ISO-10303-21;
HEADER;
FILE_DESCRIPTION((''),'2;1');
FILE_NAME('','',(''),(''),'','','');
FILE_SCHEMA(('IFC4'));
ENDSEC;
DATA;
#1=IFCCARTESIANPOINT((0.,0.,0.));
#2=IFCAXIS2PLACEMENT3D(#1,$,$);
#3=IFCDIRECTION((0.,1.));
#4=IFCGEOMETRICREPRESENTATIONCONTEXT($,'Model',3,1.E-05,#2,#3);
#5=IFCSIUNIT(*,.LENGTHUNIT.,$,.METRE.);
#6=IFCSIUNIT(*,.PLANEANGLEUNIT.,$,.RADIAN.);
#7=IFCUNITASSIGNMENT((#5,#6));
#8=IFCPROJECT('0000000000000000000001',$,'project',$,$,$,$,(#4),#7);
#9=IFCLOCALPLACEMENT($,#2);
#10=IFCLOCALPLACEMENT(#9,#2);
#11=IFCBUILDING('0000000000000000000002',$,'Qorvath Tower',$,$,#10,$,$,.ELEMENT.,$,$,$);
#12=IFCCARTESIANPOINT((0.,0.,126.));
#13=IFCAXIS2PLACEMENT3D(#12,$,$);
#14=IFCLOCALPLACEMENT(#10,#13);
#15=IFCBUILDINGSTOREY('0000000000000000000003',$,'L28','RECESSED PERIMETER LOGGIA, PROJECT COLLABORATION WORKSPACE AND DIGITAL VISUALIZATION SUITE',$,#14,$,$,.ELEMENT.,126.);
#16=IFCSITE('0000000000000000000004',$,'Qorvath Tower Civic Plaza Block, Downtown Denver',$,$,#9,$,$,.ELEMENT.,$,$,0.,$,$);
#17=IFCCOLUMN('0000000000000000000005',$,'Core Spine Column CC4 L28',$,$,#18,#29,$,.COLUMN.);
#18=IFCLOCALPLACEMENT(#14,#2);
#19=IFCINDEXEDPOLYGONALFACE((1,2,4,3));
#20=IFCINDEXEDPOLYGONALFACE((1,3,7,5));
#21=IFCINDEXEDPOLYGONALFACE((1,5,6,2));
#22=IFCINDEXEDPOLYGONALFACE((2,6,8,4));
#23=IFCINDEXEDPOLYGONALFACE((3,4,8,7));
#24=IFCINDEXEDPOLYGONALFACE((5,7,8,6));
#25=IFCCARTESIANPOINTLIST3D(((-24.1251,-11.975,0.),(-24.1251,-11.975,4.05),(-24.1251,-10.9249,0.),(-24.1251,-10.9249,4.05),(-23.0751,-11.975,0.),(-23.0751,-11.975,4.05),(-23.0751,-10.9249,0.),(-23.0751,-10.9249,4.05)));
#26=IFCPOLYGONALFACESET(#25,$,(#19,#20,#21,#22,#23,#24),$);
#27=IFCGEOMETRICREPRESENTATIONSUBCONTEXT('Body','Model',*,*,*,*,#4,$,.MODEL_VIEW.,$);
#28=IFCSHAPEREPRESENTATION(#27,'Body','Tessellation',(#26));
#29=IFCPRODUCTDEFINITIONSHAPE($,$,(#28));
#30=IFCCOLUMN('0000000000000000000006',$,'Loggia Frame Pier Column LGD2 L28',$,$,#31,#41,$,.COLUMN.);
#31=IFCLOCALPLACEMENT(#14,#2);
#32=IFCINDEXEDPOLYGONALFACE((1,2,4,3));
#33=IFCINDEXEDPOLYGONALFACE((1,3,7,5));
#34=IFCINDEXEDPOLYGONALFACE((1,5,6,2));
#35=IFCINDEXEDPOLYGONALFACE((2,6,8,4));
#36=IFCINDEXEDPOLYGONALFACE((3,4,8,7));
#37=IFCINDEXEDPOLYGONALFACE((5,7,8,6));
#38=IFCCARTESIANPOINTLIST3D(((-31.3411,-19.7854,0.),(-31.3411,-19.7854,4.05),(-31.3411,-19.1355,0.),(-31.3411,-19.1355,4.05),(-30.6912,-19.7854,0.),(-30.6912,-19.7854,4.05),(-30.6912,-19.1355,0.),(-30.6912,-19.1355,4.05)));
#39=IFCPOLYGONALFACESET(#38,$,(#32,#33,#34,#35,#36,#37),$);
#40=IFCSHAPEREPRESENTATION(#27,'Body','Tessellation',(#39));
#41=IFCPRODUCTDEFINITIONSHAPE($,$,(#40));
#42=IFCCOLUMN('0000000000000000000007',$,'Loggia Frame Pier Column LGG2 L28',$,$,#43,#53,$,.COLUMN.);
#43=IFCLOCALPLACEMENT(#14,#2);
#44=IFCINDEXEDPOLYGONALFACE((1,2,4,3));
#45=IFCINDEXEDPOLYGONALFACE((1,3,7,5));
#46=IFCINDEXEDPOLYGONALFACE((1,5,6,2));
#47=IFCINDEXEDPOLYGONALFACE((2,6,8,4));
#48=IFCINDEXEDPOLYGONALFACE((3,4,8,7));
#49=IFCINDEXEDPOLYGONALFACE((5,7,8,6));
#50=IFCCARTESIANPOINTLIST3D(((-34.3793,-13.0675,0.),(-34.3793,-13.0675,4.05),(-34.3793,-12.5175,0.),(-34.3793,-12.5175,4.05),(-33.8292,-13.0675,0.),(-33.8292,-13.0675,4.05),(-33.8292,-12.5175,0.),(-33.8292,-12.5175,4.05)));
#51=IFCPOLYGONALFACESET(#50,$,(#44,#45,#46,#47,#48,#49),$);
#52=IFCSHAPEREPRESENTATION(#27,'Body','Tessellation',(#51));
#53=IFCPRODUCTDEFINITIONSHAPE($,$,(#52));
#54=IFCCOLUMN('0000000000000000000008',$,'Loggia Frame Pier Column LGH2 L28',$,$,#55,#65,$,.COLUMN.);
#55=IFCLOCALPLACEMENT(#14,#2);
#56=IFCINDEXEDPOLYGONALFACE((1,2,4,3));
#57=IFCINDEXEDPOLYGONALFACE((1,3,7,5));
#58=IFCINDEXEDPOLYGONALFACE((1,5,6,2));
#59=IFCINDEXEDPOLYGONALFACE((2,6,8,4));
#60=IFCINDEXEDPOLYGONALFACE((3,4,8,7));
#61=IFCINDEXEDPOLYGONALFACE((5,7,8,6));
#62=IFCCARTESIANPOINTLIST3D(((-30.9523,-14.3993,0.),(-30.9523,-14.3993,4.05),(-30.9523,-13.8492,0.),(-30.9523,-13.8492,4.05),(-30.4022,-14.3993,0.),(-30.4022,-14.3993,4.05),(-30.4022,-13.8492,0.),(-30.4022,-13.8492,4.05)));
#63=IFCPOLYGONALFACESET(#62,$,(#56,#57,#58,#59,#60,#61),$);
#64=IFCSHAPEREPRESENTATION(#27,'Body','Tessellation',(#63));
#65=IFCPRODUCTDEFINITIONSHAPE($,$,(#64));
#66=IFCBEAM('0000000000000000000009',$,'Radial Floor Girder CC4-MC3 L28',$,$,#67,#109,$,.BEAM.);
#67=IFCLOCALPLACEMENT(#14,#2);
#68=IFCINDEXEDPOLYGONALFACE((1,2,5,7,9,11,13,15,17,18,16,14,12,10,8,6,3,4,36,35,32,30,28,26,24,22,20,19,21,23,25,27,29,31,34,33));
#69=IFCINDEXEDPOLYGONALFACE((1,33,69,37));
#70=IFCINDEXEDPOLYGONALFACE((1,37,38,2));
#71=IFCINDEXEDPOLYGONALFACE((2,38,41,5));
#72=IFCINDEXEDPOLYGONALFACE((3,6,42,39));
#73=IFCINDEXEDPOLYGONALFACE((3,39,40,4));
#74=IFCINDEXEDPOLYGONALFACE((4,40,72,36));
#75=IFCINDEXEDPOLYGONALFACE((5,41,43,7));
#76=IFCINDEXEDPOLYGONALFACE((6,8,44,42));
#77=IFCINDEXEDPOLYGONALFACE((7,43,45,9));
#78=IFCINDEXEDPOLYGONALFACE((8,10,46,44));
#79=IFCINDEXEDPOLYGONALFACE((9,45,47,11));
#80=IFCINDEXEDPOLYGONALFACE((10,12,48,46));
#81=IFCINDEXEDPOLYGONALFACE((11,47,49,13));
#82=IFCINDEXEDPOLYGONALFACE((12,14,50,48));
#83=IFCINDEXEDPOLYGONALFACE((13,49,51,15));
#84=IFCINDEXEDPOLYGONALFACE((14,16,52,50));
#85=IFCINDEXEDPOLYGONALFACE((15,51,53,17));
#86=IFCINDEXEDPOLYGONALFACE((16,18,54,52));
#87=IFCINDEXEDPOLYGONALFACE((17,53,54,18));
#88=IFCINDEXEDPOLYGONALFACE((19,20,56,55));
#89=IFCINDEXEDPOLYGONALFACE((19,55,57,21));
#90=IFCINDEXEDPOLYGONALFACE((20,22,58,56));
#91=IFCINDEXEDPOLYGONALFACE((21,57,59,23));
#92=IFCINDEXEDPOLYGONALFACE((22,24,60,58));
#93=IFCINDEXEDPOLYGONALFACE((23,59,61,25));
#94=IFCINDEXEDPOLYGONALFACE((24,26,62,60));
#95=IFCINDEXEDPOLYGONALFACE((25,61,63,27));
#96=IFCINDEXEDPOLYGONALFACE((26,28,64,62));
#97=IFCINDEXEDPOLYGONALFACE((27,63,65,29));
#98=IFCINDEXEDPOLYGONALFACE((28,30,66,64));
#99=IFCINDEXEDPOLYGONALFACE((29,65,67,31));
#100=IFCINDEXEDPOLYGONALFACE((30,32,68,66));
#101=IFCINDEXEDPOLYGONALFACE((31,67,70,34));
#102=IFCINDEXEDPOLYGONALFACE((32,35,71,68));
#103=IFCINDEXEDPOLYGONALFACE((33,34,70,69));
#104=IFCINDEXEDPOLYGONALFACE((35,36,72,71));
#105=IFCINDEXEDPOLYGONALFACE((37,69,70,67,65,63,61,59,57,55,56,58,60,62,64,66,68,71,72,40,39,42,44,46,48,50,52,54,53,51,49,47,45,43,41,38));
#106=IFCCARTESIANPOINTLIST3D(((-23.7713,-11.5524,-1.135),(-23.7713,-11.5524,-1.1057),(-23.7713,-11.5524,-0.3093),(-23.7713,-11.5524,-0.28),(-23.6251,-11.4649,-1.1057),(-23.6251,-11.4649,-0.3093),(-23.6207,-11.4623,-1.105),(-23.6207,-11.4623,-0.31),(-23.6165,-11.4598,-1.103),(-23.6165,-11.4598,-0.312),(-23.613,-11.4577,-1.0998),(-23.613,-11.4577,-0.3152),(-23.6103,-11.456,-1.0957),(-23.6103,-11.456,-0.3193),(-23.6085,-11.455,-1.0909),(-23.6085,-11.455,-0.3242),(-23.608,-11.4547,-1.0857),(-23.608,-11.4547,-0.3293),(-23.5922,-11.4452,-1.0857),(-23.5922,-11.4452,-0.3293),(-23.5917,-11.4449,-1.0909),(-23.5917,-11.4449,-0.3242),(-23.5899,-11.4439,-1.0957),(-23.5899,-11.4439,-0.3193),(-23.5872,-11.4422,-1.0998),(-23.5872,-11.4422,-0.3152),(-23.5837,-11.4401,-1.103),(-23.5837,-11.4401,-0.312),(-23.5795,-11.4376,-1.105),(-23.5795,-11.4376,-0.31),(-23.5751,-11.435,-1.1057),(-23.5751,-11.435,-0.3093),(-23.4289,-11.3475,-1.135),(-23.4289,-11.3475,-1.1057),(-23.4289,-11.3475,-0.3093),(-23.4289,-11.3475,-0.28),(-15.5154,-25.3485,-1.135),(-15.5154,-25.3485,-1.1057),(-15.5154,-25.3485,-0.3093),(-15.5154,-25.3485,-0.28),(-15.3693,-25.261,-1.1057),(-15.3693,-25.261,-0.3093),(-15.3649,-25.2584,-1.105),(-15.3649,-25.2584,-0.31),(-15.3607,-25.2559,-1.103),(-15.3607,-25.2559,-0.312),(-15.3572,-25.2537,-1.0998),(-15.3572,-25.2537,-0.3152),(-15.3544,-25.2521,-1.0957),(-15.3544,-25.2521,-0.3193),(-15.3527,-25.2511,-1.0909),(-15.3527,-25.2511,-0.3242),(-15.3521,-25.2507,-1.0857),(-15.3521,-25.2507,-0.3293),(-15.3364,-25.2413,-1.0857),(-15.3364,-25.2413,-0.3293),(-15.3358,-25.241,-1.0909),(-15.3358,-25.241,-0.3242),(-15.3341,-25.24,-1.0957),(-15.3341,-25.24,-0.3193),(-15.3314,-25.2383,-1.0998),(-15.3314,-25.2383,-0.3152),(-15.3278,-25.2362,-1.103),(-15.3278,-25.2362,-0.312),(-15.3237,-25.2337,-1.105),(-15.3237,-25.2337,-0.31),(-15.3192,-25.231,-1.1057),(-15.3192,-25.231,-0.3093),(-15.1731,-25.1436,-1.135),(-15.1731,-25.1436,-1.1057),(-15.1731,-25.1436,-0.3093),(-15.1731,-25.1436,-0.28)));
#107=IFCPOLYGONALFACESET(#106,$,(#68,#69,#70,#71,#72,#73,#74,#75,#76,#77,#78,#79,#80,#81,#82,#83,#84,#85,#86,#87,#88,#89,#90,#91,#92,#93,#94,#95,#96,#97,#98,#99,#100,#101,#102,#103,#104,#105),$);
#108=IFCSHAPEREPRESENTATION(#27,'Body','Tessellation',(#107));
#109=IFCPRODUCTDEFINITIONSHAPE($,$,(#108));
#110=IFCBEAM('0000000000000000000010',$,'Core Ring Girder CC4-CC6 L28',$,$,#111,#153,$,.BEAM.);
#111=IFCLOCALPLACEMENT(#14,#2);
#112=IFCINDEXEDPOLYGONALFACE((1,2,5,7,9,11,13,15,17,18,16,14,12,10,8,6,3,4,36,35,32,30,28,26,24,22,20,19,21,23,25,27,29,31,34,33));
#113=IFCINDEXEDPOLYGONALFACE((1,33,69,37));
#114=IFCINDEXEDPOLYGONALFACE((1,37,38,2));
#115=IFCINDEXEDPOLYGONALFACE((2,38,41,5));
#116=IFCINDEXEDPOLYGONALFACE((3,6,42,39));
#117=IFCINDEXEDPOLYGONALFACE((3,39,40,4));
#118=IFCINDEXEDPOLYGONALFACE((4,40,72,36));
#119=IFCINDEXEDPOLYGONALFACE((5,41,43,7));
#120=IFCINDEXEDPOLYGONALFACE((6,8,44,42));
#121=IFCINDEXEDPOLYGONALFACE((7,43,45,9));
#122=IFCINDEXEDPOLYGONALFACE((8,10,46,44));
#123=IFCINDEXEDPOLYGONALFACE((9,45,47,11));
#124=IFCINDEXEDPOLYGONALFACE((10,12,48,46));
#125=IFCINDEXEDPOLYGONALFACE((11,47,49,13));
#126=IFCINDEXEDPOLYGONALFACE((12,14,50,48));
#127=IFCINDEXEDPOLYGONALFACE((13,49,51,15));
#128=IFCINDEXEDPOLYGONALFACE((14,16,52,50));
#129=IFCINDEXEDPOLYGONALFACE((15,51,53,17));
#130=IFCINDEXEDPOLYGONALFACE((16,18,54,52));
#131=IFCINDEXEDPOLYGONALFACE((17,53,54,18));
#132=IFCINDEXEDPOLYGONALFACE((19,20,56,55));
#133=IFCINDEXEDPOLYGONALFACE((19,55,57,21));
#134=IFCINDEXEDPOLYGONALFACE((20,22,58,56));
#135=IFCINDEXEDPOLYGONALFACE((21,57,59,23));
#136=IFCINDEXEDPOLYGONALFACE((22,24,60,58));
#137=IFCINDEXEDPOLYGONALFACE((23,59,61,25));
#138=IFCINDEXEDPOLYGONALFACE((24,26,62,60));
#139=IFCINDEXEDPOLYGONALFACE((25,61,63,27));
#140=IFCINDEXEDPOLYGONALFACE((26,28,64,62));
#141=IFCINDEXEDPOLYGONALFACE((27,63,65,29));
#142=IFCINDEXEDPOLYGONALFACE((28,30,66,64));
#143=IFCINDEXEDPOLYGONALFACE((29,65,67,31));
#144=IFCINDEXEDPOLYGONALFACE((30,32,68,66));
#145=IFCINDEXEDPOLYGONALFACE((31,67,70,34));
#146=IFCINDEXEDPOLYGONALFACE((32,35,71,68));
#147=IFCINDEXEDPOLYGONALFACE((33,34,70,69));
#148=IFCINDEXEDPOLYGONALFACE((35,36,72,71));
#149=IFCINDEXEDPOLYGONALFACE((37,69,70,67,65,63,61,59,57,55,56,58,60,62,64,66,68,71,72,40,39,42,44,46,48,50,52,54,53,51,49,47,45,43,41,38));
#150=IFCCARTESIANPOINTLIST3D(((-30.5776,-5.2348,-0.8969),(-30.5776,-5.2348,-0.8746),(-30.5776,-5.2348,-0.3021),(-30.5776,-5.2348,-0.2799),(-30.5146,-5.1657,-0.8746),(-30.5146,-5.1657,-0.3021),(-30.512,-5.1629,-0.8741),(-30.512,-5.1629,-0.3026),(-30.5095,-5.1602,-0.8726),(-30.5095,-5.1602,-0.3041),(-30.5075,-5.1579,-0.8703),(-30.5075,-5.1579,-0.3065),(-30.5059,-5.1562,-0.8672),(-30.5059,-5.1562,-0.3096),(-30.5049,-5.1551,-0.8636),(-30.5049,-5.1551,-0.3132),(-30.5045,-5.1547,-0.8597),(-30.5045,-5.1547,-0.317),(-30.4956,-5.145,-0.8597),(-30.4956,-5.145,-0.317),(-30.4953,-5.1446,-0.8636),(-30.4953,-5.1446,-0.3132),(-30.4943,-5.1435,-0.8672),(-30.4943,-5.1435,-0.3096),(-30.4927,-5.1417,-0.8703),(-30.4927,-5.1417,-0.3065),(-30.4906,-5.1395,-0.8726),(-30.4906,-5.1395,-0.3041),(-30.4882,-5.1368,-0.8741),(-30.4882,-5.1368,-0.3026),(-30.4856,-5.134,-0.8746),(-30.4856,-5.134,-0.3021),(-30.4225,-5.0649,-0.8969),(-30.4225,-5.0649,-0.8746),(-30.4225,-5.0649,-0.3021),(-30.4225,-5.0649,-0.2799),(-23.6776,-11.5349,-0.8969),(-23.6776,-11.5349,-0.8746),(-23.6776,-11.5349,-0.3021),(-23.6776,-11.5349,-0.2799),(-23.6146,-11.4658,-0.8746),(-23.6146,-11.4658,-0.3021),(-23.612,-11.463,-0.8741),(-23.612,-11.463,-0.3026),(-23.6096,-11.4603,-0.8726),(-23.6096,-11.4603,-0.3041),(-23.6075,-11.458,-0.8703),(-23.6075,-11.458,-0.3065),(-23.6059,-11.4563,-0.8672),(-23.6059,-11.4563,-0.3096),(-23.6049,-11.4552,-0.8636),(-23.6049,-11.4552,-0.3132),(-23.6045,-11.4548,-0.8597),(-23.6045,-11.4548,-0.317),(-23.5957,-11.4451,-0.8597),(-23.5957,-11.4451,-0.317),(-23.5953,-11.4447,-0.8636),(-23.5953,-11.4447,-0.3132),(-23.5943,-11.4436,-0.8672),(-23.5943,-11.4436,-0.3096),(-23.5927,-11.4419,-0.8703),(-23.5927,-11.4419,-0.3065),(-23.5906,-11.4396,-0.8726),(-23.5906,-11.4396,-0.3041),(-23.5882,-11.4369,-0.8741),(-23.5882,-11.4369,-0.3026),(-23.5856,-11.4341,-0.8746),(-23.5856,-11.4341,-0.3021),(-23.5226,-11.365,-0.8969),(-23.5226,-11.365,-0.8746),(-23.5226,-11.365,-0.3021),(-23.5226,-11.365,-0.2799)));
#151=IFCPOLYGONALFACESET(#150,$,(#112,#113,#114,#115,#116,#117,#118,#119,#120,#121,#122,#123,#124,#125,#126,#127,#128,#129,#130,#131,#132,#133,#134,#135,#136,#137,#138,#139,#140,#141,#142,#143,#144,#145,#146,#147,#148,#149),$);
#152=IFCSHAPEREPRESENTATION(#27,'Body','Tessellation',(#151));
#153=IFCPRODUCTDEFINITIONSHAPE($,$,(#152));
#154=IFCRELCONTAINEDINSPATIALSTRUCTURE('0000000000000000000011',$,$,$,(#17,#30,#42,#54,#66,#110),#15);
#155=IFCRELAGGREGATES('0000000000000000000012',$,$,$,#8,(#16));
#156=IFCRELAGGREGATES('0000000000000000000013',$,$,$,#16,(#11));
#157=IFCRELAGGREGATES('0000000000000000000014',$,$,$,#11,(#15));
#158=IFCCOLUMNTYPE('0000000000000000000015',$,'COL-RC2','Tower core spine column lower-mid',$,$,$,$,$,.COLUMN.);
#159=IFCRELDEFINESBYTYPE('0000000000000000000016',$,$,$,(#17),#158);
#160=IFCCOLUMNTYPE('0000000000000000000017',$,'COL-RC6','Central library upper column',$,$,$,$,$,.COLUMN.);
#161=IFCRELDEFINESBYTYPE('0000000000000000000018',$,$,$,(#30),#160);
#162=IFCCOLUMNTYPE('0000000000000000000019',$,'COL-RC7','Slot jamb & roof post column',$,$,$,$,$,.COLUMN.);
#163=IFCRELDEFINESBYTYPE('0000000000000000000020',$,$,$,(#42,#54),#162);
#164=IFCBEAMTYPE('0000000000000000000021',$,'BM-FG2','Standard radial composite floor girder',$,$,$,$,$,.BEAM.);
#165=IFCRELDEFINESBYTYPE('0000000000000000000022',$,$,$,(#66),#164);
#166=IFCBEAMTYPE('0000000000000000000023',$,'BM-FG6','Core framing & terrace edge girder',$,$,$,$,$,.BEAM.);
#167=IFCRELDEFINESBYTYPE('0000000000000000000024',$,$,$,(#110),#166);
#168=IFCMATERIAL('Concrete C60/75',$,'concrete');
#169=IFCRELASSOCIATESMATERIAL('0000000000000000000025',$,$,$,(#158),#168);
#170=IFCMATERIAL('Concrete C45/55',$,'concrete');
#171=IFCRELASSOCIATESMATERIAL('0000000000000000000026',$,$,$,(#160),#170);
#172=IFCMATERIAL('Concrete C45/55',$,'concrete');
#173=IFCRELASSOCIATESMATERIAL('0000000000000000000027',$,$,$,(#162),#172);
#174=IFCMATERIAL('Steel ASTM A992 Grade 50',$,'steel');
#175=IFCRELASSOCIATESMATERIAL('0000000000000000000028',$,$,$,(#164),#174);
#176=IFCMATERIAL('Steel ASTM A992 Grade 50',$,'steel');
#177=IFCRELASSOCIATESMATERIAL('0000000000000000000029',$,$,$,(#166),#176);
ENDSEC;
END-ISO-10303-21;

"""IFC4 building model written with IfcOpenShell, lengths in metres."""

from ifc_helpers import new_model, si_unit, direction, frame, origin, origin_2d, place, context, subcontext, project, spatial, rectangle, i_section, extrude, material, material_profile, profile_set, type_object, element, save


model = new_model("IFC4")

# Units and contexts
model_context = context("Model", 3, precision=1e-05, world=origin(), true_north=direction((0.0, 1.0)))
body_context = subcontext(model_context, "Body", "Model", "MODEL_VIEW")
ifc_project = project(units=[si_unit("LENGTHUNIT", "METRE"), si_unit("PLANEANGLEUNIT", "RADIAN")], contexts=[model_context])

# Site, building, storey
site_placement = place(None, origin())
site = spatial("IfcSite", under=ifc_project, at=site_placement, Name="Qorvath Tower Civic Plaza Block, Downtown Denver", CompositionType="ELEMENT", RefElevation=0.0)
building_placement = place(site_placement, origin())
building = spatial("IfcBuilding", under=site, at=building_placement, Name="Qorvath Tower", CompositionType="ELEMENT")
storey_placement = place(building_placement, frame((0.0, 0.0, 126.0)))
storey = spatial("IfcBuildingStorey", under=building, at=storey_placement, Name="L28", Description="RECESSED PERIMETER LOGGIA, PROJECT COLLABORATION WORKSPACE AND DIGITAL VISUALIZATION SUITE", CompositionType="ELEMENT", Elevation=126.0)

# Columns
ifc_material_1 = material(Name="Concrete C60/75", Category="concrete")
ifc_material_profile_1 = material_profile(ifc_material_1, rectangle(XDim=1.05, YDim=1.05, at=origin_2d()), Name="RC 1050x1050")
ifc_profile_set_1 = profile_set([ifc_material_profile_1], Name="Concrete C60/75")
column_type_1 = type_object("IfcColumnType", Name="COL-RC2", Description="Tower core spine column lower-mid", PredefinedType="COLUMN", material=ifc_profile_set_1)
column_1_placement = place(storey_placement, frame((-23.6001, -11.45, 0.0), z_axis=(0.0, 0.0, 1.0), x_axis=(1.0, 0.0, 0.0)))
element("IfcColumn", 1, at=column_1_placement, inside=storey, type_object=column_type_1, Name="Core Spine Column CC4 L28", PredefinedType="COLUMN", context=body_context, shape_type="SweptSolid", body=[
    extrude(rectangle(XDim=1.05, YDim=1.05, at=origin_2d()), origin(), (0.0, 0.0, 1.0), 4.05),
])
ifc_material_2 = material(Name="Concrete C45/55", Category="concrete")
ifc_material_profile_2 = material_profile(ifc_material_2, rectangle(XDim=0.6499, YDim=0.6499, at=origin_2d()), Name="RC 650x650")
ifc_profile_set_2 = profile_set([ifc_material_profile_2], Name="Concrete C45/55")
column_type_2 = type_object("IfcColumnType", Name="COL-RC6", Description="Central library upper column", PredefinedType="COLUMN", material=ifc_profile_set_2)
column_2_placement = place(storey_placement, frame((-31.0161, -19.4604, 0.0), z_axis=(0.0, 0.0, 1.0), x_axis=(1.0, 0.0, 0.0)))
element("IfcColumn", 2, at=column_2_placement, inside=storey, type_object=column_type_2, Name="Loggia Frame Pier Column LGD2 L28", PredefinedType="COLUMN", context=body_context, shape_type="SweptSolid", body=[
    extrude(rectangle(XDim=0.6499, YDim=0.6499, at=origin_2d()), origin(), (0.0, 0.0, 1.0), 4.05),
])
ifc_material_3 = material(Name="Concrete C45/55", Category="concrete")
ifc_material_profile_3 = material_profile(ifc_material_3, rectangle(XDim=0.55, YDim=0.55, at=origin_2d()), Name="RC 550x550")
ifc_profile_set_3 = profile_set([ifc_material_profile_3], Name="Concrete C45/55")
column_type_3 = type_object("IfcColumnType", Name="COL-RC7", Description="Slot jamb & roof post column", PredefinedType="COLUMN", material=ifc_profile_set_3)
for number, where, z_axis, x_axis, name in (
    (3, (-34.1042, -12.7925, 0.0), (0.0, 0.0, 1.0), (1.0, 0.0, 0.0), "Loggia Frame Pier Column LGG2 L28"),
    (4, (-30.6772, -14.1243, 0.0), (0.0, 0.0, 1.0), (1.0, 0.0, 0.0), "Loggia Frame Pier Column LGH2 L28"),
):
    element("IfcColumn", number, at=place(storey_placement, frame(where, z_axis=z_axis, x_axis=x_axis)), inside=storey, type_object=column_type_3, Name=name, PredefinedType="COLUMN", context=body_context, shape_type="SweptSolid", body=[
        extrude(rectangle(XDim=0.55, YDim=0.55, at=origin_2d()), origin(), (0.0, 0.0, 1.0), 4.05),
    ])

# Beams
ifc_material_4 = material(Name="Steel ASTM A992 Grade 50", Category="steel")
ifc_material_profile_4 = material_profile(ifc_material_4, i_section(OverallWidth=0.3989, OverallDepth=0.855, WebThickness=0.0183, FlangeThickness=0.0293, FilletRadius=0.02, at=origin_2d()), Name="W33x201")
ifc_profile_set_4 = profile_set([ifc_material_profile_4], Name="Steel ASTM A992 Grade 50")
beam_type_1 = type_object("IfcBeamType", Name="BM-FG2", Description="Standard radial composite floor girder", PredefinedType="BEAM", material=ifc_profile_set_4)
beam_1_placement = place(storey_placement, frame((-23.6001, -11.45, -0.7075), z_axis=(0.513497, -0.858091, 0.0), x_axis=(0.858091, 0.513497, 0.0)))
element("IfcBeam", 5, at=beam_1_placement, inside=storey, type_object=beam_type_1, Name="Radial Floor Girder CC4-MC3 L28", PredefinedType="BEAM", context=body_context, shape_type="SweptSolid", body=[
    extrude(i_section(OverallWidth=0.3989, OverallDepth=0.855, WebThickness=0.0183, FlangeThickness=0.0293, FilletRadius=0.02, at=origin_2d()), origin(), (0.0, 0.0, 1.0), 16.0776),
])
ifc_material_5 = material(Name="Steel ASTM A992 Grade 50", Category="steel")
ifc_material_profile_5 = material_profile(ifc_material_5, i_section(OverallWidth=0.23, OverallDepth=0.6169, WebThickness=0.0132, FlangeThickness=0.0222, FilletRadius=0.0149, at=origin_2d()), Name="W24x94")
ifc_profile_set_5 = profile_set([ifc_material_profile_5], Name="Steel ASTM A992 Grade 50")
beam_type_2 = type_object("IfcBeamType", Name="BM-FG6", Description="Core framing & terrace edge girder", PredefinedType="BEAM", material=ifc_profile_set_5)
beam_2_placement = place(storey_placement, frame((-23.6001, -11.45, -0.5884), z_axis=(-0.738478, 0.674277, 0.0), x_axis=(-0.674277, -0.738478, 0.0)))
element("IfcBeam", 6, at=beam_2_placement, inside=storey, type_object=beam_type_2, Name="Core Ring Girder CC4-CC6 L28", PredefinedType="BEAM", context=body_context, shape_type="SweptSolid", body=[
    extrude(i_section(OverallWidth=0.23, OverallDepth=0.6169, WebThickness=0.0132, FlangeThickness=0.0222, FilletRadius=0.0149, at=origin_2d()), origin(), (0.0, 0.0, 1.0), 9.3435),
])

save(model, "model.ifc")
